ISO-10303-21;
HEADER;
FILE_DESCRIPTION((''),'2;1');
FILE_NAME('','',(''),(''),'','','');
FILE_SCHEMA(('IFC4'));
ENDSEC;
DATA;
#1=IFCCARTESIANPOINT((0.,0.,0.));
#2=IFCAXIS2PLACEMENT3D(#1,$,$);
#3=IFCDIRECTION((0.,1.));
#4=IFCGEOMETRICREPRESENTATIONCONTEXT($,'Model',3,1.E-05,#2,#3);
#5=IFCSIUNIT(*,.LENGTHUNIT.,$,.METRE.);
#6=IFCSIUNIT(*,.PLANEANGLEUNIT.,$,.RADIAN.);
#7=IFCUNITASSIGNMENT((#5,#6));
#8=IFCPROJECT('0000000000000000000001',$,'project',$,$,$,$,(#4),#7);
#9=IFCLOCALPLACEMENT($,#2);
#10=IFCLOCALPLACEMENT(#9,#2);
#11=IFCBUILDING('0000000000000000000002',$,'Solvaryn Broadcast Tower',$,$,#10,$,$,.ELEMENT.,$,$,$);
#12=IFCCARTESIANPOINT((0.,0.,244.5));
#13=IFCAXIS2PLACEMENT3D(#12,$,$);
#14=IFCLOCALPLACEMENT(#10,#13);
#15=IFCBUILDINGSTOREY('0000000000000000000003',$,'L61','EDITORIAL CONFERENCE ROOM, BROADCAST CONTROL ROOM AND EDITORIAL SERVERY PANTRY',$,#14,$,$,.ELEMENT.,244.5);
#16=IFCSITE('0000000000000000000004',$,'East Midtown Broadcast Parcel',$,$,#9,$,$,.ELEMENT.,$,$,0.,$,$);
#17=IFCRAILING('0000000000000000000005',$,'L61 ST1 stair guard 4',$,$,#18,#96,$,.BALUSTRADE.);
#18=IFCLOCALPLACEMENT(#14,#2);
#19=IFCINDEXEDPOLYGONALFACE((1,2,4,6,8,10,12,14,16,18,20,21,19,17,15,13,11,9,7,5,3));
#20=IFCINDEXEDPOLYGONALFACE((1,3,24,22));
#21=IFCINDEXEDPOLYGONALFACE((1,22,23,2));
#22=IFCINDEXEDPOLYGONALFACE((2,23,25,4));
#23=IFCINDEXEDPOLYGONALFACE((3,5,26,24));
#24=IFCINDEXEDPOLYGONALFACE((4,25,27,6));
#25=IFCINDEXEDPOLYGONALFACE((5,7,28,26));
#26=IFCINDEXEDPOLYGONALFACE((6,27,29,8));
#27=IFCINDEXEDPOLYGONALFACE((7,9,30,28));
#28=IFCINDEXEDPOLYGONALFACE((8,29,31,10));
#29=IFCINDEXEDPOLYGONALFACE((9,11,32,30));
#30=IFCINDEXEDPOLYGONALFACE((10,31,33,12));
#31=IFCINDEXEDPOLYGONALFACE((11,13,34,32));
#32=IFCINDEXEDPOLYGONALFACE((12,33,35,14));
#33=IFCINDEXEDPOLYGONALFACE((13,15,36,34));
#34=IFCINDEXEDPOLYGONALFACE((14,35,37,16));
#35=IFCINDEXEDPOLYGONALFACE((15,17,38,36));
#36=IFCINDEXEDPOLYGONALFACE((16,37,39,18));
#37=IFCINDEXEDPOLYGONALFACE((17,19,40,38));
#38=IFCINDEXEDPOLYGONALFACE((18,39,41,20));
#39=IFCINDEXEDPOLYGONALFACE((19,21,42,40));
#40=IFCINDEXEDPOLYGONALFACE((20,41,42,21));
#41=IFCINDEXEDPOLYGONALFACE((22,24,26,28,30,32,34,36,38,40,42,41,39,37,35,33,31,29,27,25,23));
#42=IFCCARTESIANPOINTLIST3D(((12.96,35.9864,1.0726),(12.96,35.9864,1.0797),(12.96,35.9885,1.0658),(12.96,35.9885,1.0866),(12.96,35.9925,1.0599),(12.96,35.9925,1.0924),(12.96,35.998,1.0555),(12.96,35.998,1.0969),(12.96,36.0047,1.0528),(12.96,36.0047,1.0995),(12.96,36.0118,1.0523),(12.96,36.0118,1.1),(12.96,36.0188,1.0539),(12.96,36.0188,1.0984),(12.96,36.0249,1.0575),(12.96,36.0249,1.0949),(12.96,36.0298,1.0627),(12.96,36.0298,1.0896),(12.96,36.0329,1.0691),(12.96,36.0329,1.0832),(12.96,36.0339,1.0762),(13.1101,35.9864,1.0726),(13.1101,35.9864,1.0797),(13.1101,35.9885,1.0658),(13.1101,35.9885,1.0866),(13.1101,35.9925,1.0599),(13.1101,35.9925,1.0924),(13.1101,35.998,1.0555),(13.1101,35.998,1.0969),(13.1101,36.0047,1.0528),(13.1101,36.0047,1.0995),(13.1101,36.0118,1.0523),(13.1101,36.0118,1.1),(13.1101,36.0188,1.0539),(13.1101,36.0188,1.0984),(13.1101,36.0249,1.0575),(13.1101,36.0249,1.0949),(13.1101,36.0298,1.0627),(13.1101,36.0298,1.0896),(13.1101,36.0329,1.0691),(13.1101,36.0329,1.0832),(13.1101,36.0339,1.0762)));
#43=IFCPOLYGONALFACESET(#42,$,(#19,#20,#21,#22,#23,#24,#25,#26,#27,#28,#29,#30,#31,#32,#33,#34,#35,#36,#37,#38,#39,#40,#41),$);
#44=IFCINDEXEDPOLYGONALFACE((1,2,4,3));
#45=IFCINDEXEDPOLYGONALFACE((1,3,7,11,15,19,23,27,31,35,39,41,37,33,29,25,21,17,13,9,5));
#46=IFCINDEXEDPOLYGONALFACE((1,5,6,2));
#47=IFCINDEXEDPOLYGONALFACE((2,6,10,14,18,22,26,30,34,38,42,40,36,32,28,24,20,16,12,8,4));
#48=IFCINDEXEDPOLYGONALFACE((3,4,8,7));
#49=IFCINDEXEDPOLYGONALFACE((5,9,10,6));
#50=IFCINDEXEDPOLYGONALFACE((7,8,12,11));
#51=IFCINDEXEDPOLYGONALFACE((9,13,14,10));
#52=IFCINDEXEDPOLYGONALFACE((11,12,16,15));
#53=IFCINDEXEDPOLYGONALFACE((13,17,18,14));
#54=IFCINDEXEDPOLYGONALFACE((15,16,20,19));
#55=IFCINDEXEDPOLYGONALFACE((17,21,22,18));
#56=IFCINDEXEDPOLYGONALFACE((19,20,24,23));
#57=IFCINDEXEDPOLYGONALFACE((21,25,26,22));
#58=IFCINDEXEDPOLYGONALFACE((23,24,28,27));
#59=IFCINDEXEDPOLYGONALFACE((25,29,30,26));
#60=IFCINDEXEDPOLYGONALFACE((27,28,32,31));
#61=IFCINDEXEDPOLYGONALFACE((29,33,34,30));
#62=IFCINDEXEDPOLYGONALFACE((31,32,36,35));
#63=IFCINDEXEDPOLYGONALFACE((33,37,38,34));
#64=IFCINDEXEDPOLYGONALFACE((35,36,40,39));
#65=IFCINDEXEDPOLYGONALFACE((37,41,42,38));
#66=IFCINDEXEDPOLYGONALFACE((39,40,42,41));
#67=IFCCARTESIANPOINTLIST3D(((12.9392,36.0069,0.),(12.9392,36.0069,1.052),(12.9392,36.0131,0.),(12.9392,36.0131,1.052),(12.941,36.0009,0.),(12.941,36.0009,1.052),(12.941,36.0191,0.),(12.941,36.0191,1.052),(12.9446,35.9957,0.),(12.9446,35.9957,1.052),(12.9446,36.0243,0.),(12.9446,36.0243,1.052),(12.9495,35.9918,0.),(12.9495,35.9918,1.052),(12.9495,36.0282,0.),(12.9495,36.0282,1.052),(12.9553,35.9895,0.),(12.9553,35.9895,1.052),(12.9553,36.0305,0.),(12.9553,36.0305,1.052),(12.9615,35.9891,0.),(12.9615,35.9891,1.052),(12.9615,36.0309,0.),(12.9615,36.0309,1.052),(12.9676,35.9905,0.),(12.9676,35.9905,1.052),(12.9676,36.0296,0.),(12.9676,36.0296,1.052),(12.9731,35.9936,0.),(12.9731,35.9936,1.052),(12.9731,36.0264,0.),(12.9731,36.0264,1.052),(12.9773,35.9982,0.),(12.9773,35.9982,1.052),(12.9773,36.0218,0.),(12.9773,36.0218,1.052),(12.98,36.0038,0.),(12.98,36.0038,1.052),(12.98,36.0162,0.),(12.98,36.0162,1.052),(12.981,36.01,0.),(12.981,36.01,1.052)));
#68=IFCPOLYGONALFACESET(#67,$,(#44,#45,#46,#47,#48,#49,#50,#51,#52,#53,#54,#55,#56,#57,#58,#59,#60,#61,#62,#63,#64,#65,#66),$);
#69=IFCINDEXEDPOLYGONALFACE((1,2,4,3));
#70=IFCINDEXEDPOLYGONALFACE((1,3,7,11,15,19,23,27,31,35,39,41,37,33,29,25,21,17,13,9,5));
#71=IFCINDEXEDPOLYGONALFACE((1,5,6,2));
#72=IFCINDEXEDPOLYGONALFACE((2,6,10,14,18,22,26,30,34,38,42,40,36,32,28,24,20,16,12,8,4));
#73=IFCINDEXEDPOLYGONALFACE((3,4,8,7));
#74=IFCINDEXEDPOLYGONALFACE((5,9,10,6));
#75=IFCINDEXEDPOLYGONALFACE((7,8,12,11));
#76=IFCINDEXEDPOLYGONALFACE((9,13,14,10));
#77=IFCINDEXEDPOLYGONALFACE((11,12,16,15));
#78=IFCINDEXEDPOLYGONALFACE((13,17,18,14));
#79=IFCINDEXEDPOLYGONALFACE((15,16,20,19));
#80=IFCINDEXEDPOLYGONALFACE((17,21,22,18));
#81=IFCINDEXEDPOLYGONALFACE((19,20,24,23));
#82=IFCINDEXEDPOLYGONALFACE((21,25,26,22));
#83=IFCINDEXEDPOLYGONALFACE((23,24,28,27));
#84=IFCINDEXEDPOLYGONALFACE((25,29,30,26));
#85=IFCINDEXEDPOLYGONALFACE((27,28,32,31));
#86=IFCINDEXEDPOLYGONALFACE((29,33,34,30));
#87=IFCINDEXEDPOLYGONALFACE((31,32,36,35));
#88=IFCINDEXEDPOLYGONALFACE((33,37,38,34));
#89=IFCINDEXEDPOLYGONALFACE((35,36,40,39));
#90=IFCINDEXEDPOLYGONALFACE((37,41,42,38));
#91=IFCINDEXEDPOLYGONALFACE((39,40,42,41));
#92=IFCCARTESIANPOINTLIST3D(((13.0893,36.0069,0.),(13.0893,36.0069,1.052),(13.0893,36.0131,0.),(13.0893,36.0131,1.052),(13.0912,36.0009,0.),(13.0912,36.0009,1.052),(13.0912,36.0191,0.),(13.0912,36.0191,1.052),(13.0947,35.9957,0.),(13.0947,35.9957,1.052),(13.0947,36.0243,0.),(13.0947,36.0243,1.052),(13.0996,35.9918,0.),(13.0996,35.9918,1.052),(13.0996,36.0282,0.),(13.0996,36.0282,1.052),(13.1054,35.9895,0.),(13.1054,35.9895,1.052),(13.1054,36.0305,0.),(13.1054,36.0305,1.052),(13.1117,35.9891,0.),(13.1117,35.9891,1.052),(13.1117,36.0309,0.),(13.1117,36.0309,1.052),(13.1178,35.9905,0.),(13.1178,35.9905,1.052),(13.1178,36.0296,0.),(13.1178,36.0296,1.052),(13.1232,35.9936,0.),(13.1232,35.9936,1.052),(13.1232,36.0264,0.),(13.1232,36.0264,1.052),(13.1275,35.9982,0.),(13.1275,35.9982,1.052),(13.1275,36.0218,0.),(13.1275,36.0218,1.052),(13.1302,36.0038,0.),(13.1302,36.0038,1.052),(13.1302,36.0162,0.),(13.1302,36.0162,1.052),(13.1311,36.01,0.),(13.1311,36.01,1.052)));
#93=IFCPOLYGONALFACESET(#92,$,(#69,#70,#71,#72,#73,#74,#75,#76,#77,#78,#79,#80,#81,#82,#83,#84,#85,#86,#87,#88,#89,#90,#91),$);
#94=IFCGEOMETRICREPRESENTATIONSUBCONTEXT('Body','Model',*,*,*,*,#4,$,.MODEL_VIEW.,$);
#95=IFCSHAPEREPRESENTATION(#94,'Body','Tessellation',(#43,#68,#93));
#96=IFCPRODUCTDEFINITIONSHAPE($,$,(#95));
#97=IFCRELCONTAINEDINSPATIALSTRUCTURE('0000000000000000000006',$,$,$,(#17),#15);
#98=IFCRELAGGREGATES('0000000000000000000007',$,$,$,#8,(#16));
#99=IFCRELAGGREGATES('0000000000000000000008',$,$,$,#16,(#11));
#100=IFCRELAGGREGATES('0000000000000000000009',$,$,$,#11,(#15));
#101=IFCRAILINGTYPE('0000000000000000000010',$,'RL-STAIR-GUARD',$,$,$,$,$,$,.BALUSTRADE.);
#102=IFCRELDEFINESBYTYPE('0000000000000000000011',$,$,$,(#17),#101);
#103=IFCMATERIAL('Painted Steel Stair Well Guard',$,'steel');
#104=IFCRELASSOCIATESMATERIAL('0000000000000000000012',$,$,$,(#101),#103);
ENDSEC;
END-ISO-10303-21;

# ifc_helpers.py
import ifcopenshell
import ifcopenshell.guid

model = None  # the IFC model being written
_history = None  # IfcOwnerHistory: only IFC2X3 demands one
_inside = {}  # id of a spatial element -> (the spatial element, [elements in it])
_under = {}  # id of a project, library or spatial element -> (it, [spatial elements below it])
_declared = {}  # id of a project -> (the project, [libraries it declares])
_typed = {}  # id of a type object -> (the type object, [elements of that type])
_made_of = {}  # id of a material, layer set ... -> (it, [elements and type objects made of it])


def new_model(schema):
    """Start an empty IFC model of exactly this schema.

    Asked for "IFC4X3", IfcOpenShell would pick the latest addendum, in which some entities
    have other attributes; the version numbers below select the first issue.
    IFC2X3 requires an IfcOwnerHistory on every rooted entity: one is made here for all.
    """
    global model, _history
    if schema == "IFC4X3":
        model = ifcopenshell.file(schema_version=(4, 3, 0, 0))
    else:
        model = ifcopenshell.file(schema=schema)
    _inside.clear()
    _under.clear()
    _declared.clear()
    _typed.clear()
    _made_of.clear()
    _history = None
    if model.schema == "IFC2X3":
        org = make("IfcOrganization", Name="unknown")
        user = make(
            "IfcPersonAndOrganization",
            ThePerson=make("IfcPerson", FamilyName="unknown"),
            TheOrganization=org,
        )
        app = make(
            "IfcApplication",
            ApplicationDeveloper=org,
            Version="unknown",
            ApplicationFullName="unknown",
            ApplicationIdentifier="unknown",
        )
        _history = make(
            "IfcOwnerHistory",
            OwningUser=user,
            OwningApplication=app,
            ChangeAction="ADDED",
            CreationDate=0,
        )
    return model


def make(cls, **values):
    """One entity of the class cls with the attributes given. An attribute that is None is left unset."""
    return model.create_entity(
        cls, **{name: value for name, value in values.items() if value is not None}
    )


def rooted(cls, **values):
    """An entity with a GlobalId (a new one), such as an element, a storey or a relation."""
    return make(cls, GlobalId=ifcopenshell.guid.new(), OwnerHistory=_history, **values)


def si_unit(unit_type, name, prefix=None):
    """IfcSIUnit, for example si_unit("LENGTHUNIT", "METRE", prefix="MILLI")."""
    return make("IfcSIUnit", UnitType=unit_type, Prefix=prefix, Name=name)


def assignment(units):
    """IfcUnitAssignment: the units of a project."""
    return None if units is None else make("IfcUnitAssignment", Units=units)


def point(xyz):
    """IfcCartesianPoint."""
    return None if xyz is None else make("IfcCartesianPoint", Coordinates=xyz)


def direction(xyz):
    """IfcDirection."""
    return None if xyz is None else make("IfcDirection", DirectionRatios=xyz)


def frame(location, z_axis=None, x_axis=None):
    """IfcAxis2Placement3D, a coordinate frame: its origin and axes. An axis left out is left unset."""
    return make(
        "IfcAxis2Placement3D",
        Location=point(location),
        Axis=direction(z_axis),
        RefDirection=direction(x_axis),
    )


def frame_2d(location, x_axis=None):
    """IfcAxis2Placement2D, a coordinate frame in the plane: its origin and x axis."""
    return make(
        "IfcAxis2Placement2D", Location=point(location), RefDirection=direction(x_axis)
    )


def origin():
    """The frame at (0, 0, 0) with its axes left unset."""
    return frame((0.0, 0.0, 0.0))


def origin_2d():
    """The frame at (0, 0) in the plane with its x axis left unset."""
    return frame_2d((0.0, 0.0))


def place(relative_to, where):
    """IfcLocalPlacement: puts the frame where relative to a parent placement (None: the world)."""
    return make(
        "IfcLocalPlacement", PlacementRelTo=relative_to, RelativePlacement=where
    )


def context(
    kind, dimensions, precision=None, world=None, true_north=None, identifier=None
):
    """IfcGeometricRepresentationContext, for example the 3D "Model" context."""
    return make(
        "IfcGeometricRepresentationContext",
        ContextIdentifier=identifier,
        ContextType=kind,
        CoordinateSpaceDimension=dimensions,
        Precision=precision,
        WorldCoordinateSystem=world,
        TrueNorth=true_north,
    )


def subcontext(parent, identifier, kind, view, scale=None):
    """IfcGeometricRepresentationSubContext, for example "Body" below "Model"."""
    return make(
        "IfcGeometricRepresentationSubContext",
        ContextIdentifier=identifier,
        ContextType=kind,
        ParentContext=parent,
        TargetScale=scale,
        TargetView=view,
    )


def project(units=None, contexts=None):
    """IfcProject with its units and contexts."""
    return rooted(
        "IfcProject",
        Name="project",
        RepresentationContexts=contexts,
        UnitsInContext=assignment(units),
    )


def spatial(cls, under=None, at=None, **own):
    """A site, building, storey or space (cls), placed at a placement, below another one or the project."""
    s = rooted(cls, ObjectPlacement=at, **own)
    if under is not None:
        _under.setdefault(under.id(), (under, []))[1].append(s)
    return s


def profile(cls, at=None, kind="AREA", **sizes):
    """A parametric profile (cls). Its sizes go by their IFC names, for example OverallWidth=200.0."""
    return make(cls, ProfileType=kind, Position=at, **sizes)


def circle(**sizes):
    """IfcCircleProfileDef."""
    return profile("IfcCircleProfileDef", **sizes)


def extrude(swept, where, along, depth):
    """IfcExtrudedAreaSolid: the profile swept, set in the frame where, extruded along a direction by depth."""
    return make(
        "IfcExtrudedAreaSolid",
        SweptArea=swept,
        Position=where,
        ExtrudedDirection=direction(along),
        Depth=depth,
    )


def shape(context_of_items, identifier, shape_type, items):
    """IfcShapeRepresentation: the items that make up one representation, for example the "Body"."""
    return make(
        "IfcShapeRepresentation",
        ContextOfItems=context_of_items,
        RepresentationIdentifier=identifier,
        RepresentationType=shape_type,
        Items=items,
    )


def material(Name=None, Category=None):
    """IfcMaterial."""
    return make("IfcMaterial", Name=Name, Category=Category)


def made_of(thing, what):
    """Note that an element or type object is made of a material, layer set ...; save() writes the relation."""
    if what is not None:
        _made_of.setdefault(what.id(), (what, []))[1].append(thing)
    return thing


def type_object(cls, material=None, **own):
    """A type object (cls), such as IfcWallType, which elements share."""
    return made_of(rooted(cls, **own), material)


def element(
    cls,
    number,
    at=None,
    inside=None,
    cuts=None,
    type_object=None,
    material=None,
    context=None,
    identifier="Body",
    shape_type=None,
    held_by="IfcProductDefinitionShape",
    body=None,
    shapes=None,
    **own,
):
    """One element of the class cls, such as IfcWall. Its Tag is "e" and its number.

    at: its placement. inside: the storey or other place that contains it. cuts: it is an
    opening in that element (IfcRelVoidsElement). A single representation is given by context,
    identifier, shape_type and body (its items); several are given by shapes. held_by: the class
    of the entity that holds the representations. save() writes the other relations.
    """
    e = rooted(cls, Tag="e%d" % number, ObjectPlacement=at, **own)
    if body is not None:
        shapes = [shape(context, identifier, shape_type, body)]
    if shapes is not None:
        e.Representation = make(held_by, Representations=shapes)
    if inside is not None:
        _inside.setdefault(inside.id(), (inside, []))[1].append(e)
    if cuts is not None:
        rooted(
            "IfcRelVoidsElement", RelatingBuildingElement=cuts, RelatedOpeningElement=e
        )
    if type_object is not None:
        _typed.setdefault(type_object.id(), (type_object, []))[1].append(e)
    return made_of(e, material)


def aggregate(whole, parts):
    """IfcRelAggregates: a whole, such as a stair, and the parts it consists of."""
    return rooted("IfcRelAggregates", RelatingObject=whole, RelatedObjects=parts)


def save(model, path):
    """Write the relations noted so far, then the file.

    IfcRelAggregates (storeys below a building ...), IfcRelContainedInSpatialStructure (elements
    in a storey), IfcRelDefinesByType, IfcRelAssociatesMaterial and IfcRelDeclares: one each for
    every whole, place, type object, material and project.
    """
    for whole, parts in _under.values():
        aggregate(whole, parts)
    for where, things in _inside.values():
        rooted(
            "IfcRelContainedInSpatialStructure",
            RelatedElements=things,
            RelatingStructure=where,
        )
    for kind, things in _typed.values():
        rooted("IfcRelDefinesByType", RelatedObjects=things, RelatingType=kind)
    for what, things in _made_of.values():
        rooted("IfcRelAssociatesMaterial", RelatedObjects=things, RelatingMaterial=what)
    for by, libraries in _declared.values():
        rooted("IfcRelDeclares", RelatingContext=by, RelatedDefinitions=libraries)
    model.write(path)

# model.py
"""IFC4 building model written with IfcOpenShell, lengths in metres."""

from ifc_helpers import new_model, si_unit, direction, frame, origin, origin_2d, place, context, subcontext, project, spatial, circle, extrude, material, type_object, element, save


model = new_model("IFC4")

# Units and contexts
model_context = context("Model", 3, precision=1e-05, world=origin(), true_north=direction((0.0, 1.0)))
body_context = subcontext(model_context, "Body", "Model", "MODEL_VIEW")
ifc_project = project(units=[si_unit("LENGTHUNIT", "METRE"), si_unit("PLANEANGLEUNIT", "RADIAN")], contexts=[model_context])

# Site, building, storey
site_placement = place(None, origin())
site = spatial("IfcSite", under=ifc_project, at=site_placement, Name="East Midtown Broadcast Parcel", CompositionType="ELEMENT", RefElevation=0.0)
building_placement = place(site_placement, origin())
building = spatial("IfcBuilding", under=site, at=building_placement, Name="Solvaryn Broadcast Tower", CompositionType="ELEMENT")
storey_placement = place(building_placement, frame((0.0, 0.0, 244.5)))
storey = spatial("IfcBuildingStorey", under=building, at=storey_placement, Name="L61", Description="EDITORIAL CONFERENCE ROOM, BROADCAST CONTROL ROOM AND EDITORIAL SERVERY PANTRY", CompositionType="ELEMENT", Elevation=244.5)

# Railing
ifc_material_1 = material(Name="Painted Steel Stair Well Guard", Category="steel")
railing_type_1 = type_object("IfcRailingType", Name="RL-STAIR-GUARD", PredefinedType="BALUSTRADE", material=ifc_material_1)
railing_1_placement = place(storey_placement, frame((12.96, 36.01, 0.0)))
element("IfcRailing", 1, at=railing_1_placement, inside=storey, type_object=railing_type_1, Name="L61 ST1 stair guard 4", PredefinedType="BALUSTRADE", context=body_context, shape_type="SweptSolid", body=[
    extrude(circle(Radius=0.0239, at=origin_2d()), frame((0.0, 0.0, 1.0762), z_axis=(1.0, 0.0, 0.0), x_axis=(0.0, 1.0, 0.0)), (0.0, 0.0, 1.0), 0.1501),
    extrude(circle(Radius=0.021, at=origin_2d()), origin(), (0.0, 0.0, 1.0), 1.052),
    extrude(circle(Radius=0.021, at=origin_2d()), frame((0.1501, 0.0, 0.0)), (0.0, 0.0, 1.0), 1.052),
])

save(model, "model.ifc")
